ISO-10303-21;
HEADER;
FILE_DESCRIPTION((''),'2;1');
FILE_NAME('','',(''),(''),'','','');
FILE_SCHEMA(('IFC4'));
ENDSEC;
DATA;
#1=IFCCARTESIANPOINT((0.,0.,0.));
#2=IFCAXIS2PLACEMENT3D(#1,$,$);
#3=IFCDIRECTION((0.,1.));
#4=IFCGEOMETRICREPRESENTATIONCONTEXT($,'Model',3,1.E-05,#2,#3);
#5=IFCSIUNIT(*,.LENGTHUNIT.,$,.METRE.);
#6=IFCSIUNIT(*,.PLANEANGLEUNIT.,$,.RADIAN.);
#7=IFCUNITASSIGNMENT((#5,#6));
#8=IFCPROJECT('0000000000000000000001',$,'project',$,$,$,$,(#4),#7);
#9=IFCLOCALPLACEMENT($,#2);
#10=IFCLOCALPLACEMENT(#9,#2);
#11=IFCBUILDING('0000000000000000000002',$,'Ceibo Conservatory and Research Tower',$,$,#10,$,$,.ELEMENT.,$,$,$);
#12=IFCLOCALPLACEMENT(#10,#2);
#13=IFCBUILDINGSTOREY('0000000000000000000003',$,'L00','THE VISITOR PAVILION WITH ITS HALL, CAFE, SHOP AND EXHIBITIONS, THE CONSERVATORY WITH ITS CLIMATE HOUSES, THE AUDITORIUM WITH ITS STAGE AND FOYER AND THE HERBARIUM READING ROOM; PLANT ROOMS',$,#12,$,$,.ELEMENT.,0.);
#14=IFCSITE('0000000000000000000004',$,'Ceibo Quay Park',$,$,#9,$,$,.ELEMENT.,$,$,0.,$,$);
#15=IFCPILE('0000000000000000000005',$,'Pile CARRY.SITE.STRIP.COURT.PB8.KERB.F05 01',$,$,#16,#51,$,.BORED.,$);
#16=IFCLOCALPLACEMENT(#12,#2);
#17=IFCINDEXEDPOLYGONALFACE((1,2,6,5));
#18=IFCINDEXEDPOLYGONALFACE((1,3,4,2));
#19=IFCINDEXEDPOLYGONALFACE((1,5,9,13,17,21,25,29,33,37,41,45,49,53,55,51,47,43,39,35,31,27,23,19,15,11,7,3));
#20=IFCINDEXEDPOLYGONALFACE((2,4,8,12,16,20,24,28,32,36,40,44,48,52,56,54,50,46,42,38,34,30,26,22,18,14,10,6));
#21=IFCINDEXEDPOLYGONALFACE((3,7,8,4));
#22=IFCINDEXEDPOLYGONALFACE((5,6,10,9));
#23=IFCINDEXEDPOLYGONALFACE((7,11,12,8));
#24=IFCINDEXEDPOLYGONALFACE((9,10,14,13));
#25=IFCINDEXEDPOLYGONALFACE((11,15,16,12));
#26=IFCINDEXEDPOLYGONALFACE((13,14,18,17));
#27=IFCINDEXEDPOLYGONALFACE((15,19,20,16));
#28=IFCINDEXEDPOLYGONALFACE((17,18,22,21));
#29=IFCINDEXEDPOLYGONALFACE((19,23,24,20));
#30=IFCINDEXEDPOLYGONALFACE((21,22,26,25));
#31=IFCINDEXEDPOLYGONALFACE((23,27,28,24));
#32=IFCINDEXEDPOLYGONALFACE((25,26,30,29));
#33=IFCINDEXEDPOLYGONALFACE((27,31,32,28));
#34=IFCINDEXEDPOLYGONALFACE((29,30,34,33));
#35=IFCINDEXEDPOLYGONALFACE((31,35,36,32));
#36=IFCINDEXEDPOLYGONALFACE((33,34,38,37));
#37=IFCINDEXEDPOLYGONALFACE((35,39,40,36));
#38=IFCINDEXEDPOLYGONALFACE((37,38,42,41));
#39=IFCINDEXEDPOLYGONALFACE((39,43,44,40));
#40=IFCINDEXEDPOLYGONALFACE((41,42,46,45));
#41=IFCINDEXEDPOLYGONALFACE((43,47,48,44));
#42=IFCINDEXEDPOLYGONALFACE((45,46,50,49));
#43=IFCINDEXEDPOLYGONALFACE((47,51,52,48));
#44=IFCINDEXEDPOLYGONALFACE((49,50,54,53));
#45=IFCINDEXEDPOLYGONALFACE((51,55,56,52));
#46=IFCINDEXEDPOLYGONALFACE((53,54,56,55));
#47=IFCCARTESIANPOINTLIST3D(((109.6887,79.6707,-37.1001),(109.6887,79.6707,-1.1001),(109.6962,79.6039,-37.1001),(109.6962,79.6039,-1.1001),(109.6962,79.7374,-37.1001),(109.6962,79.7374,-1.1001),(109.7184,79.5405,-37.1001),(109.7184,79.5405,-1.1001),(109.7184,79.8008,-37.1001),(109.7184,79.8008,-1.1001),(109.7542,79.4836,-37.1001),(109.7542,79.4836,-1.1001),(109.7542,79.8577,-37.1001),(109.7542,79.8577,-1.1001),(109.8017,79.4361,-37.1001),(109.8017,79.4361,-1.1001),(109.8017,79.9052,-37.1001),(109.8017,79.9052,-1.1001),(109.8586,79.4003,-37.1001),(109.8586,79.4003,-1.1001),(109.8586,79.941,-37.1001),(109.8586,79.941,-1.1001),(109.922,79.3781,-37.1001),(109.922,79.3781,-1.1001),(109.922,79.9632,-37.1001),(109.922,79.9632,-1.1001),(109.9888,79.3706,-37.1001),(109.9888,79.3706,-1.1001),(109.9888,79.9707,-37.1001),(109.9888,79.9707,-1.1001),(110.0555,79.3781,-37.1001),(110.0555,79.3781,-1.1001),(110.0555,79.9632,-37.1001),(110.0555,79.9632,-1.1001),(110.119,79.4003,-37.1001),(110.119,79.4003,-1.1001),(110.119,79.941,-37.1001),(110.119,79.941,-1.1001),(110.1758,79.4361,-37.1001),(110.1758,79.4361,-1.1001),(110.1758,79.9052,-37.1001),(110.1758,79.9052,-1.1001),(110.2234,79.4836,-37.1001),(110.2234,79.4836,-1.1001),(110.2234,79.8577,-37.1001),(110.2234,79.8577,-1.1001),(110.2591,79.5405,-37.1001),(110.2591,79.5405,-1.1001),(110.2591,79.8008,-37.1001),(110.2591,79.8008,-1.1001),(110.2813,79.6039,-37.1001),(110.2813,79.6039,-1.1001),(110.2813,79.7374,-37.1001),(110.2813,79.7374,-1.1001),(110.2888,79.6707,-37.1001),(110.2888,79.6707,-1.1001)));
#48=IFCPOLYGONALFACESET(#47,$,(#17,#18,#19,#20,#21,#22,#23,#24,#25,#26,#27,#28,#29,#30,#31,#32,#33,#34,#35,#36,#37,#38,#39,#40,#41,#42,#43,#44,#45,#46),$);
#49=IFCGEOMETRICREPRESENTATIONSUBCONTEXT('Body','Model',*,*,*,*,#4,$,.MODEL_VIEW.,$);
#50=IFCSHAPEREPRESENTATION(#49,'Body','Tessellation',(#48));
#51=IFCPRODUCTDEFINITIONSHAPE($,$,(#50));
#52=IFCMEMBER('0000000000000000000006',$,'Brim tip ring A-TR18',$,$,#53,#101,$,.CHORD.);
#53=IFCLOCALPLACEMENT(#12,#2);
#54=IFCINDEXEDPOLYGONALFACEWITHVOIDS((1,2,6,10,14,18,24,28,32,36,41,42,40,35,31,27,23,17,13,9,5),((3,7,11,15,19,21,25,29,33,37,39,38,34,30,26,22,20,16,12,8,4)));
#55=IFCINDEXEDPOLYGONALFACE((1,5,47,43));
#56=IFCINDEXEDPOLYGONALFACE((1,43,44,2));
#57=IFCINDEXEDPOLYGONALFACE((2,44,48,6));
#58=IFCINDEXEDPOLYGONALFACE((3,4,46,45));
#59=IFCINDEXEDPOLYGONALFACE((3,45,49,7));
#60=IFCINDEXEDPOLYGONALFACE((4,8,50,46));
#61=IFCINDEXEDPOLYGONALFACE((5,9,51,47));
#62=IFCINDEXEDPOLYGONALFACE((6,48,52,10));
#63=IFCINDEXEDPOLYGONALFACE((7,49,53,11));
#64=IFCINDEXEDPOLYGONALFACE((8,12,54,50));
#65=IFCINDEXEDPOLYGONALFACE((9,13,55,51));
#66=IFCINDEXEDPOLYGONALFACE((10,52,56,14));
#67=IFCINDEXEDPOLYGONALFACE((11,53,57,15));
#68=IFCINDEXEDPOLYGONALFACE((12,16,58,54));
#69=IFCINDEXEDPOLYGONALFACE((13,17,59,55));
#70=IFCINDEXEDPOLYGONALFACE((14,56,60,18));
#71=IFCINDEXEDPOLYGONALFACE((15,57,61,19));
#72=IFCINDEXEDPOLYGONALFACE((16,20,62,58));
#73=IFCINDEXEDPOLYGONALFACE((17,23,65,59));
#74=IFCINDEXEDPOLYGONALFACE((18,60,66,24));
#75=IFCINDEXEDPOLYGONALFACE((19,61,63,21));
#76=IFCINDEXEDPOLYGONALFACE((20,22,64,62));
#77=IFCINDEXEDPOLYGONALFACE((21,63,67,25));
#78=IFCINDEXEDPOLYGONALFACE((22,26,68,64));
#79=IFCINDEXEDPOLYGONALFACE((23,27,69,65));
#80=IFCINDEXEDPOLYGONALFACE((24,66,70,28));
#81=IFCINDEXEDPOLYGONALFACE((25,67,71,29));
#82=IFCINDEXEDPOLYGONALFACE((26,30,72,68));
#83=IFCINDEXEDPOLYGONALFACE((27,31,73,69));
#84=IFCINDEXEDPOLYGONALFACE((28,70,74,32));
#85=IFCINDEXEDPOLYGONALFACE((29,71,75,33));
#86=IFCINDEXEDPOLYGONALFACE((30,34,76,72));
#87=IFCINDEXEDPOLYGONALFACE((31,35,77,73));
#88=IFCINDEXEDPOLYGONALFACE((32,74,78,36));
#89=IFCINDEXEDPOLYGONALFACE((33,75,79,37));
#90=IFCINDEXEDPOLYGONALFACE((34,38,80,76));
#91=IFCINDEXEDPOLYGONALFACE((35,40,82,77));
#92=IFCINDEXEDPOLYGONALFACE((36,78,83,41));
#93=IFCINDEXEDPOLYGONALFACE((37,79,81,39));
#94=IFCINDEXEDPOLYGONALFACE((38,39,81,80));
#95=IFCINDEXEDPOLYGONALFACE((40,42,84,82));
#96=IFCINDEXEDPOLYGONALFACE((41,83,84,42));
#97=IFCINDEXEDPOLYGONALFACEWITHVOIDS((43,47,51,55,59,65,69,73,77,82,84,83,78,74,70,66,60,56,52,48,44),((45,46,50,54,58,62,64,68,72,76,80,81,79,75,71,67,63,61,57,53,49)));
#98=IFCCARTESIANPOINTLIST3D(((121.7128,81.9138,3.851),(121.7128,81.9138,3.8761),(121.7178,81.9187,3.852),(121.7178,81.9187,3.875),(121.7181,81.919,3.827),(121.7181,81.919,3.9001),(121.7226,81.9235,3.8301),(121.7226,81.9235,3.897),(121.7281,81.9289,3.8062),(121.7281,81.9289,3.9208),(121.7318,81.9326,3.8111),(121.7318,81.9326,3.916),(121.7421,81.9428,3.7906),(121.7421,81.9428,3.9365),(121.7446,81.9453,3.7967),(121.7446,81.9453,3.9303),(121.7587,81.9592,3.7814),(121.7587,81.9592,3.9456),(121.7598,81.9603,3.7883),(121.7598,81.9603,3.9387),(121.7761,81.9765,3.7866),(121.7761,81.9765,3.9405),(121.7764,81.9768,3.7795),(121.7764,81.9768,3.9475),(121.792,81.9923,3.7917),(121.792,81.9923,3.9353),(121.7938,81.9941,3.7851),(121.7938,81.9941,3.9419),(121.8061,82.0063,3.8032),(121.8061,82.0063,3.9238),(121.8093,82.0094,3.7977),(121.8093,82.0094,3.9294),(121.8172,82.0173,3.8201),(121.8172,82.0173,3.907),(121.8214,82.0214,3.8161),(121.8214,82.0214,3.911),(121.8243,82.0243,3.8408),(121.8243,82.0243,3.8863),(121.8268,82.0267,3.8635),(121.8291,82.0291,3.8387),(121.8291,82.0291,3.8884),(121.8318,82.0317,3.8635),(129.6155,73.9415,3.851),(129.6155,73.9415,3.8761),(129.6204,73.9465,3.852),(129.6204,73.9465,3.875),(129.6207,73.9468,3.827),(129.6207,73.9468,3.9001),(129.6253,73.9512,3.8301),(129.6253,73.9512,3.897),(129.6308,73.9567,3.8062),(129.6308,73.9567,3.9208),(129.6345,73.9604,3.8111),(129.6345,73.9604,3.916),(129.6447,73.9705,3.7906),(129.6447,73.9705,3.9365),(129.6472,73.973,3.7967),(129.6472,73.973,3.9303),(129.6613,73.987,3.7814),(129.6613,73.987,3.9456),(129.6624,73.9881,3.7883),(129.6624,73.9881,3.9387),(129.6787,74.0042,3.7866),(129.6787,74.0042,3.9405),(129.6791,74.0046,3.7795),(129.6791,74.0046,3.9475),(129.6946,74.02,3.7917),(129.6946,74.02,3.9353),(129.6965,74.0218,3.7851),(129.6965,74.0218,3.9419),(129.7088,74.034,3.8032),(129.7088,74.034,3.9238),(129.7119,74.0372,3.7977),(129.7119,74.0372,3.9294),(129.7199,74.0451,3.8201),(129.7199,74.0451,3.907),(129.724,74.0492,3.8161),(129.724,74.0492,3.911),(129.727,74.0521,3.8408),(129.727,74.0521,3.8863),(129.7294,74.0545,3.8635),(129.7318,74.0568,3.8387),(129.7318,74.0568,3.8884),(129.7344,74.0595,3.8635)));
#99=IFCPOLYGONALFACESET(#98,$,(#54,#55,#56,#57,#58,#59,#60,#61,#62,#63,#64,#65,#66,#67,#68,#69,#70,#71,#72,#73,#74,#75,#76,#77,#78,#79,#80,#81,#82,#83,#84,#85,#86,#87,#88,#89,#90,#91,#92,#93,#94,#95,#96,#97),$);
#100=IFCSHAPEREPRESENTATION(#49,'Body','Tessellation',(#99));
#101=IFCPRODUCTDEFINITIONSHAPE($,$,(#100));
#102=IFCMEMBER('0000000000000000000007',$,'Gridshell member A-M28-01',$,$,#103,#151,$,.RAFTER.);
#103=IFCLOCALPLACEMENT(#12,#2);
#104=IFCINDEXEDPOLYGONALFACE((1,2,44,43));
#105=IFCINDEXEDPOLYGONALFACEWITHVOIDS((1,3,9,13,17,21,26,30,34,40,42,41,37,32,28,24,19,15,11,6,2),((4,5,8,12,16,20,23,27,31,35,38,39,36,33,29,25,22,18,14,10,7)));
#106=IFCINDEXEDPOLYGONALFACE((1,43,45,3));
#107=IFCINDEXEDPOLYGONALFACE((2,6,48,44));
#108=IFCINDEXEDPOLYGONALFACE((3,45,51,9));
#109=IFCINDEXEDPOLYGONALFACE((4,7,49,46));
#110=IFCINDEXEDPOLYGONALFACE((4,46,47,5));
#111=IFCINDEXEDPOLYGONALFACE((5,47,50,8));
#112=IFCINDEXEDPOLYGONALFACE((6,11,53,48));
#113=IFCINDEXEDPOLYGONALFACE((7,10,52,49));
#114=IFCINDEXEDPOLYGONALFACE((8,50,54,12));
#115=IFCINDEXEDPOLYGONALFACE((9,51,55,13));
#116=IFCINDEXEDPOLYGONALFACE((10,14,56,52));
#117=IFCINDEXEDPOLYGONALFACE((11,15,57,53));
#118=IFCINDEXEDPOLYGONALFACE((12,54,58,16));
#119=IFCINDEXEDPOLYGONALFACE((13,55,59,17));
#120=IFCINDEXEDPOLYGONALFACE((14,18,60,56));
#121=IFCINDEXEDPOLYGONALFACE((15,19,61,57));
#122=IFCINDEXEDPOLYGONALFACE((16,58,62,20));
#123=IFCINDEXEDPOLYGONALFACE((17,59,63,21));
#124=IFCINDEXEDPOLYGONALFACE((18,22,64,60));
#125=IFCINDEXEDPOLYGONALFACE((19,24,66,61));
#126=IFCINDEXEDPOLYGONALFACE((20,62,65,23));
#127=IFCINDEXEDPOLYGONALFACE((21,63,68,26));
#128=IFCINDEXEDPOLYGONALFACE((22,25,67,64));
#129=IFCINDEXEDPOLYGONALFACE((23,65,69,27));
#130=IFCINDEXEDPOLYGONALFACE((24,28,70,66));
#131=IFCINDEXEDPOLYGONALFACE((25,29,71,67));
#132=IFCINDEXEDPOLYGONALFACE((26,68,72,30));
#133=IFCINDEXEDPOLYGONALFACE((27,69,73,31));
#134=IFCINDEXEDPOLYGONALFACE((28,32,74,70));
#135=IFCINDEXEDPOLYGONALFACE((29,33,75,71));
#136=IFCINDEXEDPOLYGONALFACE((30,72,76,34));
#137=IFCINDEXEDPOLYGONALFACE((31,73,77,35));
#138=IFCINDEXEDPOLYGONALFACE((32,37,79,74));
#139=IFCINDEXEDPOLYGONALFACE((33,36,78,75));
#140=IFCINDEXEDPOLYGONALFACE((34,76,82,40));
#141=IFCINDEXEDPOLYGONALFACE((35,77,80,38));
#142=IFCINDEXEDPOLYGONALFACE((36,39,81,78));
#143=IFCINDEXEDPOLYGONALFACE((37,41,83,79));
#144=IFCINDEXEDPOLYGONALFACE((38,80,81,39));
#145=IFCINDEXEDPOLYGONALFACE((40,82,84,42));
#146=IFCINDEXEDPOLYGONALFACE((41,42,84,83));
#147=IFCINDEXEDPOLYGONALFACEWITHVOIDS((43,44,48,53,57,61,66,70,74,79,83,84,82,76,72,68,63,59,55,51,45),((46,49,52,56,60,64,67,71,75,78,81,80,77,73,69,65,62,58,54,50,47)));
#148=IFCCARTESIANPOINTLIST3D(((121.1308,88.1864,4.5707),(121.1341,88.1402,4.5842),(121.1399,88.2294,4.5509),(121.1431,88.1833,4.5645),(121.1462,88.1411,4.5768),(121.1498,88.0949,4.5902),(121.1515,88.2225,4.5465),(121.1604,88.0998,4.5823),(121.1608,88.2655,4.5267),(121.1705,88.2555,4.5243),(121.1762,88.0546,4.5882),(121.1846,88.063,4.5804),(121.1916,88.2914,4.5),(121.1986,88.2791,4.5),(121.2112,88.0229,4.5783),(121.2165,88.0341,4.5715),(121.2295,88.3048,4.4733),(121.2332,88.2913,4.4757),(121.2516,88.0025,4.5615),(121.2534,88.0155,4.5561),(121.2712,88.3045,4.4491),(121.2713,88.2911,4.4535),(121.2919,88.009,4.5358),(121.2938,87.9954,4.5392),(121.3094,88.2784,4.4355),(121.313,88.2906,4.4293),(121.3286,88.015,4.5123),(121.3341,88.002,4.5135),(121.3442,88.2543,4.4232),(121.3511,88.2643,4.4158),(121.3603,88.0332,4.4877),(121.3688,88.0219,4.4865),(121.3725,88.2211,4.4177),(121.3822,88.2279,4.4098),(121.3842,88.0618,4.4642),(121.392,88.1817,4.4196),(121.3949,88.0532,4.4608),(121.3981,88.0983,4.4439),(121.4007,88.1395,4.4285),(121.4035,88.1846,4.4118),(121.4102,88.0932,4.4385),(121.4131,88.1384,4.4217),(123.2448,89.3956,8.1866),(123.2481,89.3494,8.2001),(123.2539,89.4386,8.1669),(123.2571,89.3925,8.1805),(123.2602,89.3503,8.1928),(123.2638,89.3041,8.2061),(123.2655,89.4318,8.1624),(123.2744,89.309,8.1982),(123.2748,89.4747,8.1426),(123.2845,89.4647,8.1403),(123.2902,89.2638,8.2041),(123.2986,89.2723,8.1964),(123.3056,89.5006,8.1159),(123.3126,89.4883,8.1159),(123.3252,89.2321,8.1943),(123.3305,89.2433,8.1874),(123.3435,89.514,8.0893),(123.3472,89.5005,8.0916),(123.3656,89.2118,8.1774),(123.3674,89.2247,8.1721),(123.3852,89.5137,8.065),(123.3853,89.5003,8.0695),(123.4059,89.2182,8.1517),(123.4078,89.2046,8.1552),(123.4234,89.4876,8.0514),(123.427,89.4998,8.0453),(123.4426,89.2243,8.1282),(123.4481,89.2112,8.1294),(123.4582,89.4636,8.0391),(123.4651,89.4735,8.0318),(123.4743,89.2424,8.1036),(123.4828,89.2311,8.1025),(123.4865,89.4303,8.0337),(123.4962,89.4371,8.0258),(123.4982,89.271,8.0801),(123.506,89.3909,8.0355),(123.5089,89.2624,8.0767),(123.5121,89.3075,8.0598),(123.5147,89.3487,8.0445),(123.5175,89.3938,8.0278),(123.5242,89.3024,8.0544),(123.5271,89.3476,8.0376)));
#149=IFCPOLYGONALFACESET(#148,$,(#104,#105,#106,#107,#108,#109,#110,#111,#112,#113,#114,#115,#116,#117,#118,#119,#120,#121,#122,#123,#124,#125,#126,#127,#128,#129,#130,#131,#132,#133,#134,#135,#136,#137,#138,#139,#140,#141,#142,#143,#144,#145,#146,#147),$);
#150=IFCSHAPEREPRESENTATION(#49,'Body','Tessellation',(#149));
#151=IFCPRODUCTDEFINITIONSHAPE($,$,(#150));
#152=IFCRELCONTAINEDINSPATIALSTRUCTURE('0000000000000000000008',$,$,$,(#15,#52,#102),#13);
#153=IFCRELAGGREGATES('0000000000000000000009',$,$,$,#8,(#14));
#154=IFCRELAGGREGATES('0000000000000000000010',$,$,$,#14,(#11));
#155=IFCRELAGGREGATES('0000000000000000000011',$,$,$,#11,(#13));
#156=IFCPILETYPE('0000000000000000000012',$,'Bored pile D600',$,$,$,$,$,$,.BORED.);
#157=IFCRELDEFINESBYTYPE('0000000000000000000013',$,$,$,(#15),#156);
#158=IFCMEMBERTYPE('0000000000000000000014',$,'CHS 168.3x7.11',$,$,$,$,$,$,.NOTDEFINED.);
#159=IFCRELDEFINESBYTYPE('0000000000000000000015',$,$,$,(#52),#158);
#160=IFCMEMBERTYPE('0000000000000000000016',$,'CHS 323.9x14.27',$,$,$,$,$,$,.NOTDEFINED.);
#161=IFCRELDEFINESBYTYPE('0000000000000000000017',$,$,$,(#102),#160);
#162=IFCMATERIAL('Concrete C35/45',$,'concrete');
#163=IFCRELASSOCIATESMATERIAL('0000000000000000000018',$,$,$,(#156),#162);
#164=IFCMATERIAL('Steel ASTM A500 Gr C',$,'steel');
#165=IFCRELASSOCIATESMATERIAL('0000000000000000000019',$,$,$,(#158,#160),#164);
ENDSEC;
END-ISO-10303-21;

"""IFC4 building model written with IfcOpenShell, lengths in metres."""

from ifc_helpers import new_model, si_unit, direction, frame, origin, origin_2d, place, context, subcontext, project, spatial, circle, hollow_circle, extrude, material, material_profile, profile_set, type_object, element, save


model = new_model("IFC4")

# Units and contexts
model_context = context("Model", 3, precision=1e-05, world=origin(), true_north=direction((0.0, 1.0)))
body_context = subcontext(model_context, "Body", "Model", "MODEL_VIEW")
ifc_project = project(units=[si_unit("LENGTHUNIT", "METRE"), si_unit("PLANEANGLEUNIT", "RADIAN")], contexts=[model_context])

# Site, building, storey
site_placement = place(None, origin())
site = spatial("IfcSite", under=ifc_project, at=site_placement, Name="Ceibo Quay Park", CompositionType="ELEMENT", RefElevation=0.0)
building_placement = place(site_placement, origin())
building = spatial("IfcBuilding", under=site, at=building_placement, Name="Ceibo Conservatory and Research Tower", CompositionType="ELEMENT")
storey_placement = place(building_placement, origin())
storey = spatial("IfcBuildingStorey", under=building, at=storey_placement, Name="L00", Description="THE VISITOR PAVILION WITH ITS HALL, CAFE, SHOP AND EXHIBITIONS, THE CONSERVATORY WITH ITS CLIMATE HOUSES, THE AUDITORIUM WITH ITS STAGE AND FOYER AND THE HERBARIUM READING ROOM; PLANT ROOMS", CompositionType="ELEMENT", Elevation=0.0)

# Pile
ifc_material_1 = material(Name="Concrete C35/45", Category="concrete")
ifc_material_profile_1 = material_profile(ifc_material_1, circle(Radius=0.3, at=origin_2d()), Name="RC D600")
ifc_profile_set_1 = profile_set([ifc_material_profile_1], Name="Concrete C35/45")
pile_type = type_object("IfcPileType", Name="Bored pile D600", PredefinedType="BORED", material=ifc_profile_set_1)
for number, where, z_axis, x_axis, name in (
    (1, (109.9888, 79.6707, -1.1001), (0.0, 0.0, -1.0), (1.0, 0.0, 0.0), "Pile CARRY.SITE.STRIP.COURT.PB8.KERB.F05 01"),
):
    element("IfcPile", number, at=place(storey_placement, frame(where, z_axis=z_axis, x_axis=x_axis)), inside=storey, type_object=pile_type, Name=name, PredefinedType="BORED", context=body_context, shape_type="SweptSolid", body=[
        extrude(circle(Radius=0.3, at=origin_2d()), origin(), (0.0, 0.0, 1.0), 36.0),
    ])

# Members
ifc_material_2 = material(Name="Steel ASTM A500 Gr C", Category="steel")
ifc_material_profile_2 = material_profile(ifc_material_2, hollow_circle(Radius=0.0842, WallThickness=0.0071, at=origin_2d()), Name="CHS 168.3x7.11")
ifc_profile_set_2 = profile_set([ifc_material_profile_2], Name="Steel ASTM A500 Gr C")
member_type_1 = type_object("IfcMemberType", Name="CHS 168.3x7.11", PredefinedType="NOTDEFINED", material=ifc_profile_set_2)
member_1_placement = place(storey_placement, frame((121.772, 81.9724, 3.8635), z_axis=(0.704001, -0.710199, 0.0), x_axis=(0.710199, 0.704001, 0.0)))
element("IfcMember", 2, at=member_1_placement, inside=storey, type_object=member_type_1, Name="Brim tip ring A-TR18", PredefinedType="CHORD", context=body_context, shape_type="SweptSolid", body=[
    extrude(hollow_circle(Radius=0.0842, WallThickness=0.0071, at=origin_2d()), origin(), (0.0, 0.0, 1.0), 11.2253),
])
ifc_material_profile_3 = material_profile(ifc_material_2, hollow_circle(Radius=0.1619, WallThickness=0.0142, at=origin_2d()), Name="CHS 323.9x14.27")
ifc_profile_set_3 = profile_set([ifc_material_profile_3], Name="Steel ASTM A500 Gr C")
member_type_2 = type_object("IfcMemberType", Name="CHS 323.9x14.27", PredefinedType="NOTDEFINED", material=ifc_profile_set_3)
member_2_placement = place(storey_placement, frame((121.272, 88.1509, 4.5), z_axis=(0.484905, 0.277369, 0.829418), x_axis=(-0.496517, 0.868027, 0.0)))
element("IfcMember", 3, at=member_2_placement, inside=storey, type_object=member_type_2, Name="Gridshell member A-M28-01", PredefinedType="RAFTER", context=body_context, shape_type="SweptSolid", body=[
    extrude(hollow_circle(Radius=0.1619, WallThickness=0.0142, at=origin_2d()), origin(), (0.0, 0.0, 1.0), 4.3596),
])

save(model, "model.ifc")
